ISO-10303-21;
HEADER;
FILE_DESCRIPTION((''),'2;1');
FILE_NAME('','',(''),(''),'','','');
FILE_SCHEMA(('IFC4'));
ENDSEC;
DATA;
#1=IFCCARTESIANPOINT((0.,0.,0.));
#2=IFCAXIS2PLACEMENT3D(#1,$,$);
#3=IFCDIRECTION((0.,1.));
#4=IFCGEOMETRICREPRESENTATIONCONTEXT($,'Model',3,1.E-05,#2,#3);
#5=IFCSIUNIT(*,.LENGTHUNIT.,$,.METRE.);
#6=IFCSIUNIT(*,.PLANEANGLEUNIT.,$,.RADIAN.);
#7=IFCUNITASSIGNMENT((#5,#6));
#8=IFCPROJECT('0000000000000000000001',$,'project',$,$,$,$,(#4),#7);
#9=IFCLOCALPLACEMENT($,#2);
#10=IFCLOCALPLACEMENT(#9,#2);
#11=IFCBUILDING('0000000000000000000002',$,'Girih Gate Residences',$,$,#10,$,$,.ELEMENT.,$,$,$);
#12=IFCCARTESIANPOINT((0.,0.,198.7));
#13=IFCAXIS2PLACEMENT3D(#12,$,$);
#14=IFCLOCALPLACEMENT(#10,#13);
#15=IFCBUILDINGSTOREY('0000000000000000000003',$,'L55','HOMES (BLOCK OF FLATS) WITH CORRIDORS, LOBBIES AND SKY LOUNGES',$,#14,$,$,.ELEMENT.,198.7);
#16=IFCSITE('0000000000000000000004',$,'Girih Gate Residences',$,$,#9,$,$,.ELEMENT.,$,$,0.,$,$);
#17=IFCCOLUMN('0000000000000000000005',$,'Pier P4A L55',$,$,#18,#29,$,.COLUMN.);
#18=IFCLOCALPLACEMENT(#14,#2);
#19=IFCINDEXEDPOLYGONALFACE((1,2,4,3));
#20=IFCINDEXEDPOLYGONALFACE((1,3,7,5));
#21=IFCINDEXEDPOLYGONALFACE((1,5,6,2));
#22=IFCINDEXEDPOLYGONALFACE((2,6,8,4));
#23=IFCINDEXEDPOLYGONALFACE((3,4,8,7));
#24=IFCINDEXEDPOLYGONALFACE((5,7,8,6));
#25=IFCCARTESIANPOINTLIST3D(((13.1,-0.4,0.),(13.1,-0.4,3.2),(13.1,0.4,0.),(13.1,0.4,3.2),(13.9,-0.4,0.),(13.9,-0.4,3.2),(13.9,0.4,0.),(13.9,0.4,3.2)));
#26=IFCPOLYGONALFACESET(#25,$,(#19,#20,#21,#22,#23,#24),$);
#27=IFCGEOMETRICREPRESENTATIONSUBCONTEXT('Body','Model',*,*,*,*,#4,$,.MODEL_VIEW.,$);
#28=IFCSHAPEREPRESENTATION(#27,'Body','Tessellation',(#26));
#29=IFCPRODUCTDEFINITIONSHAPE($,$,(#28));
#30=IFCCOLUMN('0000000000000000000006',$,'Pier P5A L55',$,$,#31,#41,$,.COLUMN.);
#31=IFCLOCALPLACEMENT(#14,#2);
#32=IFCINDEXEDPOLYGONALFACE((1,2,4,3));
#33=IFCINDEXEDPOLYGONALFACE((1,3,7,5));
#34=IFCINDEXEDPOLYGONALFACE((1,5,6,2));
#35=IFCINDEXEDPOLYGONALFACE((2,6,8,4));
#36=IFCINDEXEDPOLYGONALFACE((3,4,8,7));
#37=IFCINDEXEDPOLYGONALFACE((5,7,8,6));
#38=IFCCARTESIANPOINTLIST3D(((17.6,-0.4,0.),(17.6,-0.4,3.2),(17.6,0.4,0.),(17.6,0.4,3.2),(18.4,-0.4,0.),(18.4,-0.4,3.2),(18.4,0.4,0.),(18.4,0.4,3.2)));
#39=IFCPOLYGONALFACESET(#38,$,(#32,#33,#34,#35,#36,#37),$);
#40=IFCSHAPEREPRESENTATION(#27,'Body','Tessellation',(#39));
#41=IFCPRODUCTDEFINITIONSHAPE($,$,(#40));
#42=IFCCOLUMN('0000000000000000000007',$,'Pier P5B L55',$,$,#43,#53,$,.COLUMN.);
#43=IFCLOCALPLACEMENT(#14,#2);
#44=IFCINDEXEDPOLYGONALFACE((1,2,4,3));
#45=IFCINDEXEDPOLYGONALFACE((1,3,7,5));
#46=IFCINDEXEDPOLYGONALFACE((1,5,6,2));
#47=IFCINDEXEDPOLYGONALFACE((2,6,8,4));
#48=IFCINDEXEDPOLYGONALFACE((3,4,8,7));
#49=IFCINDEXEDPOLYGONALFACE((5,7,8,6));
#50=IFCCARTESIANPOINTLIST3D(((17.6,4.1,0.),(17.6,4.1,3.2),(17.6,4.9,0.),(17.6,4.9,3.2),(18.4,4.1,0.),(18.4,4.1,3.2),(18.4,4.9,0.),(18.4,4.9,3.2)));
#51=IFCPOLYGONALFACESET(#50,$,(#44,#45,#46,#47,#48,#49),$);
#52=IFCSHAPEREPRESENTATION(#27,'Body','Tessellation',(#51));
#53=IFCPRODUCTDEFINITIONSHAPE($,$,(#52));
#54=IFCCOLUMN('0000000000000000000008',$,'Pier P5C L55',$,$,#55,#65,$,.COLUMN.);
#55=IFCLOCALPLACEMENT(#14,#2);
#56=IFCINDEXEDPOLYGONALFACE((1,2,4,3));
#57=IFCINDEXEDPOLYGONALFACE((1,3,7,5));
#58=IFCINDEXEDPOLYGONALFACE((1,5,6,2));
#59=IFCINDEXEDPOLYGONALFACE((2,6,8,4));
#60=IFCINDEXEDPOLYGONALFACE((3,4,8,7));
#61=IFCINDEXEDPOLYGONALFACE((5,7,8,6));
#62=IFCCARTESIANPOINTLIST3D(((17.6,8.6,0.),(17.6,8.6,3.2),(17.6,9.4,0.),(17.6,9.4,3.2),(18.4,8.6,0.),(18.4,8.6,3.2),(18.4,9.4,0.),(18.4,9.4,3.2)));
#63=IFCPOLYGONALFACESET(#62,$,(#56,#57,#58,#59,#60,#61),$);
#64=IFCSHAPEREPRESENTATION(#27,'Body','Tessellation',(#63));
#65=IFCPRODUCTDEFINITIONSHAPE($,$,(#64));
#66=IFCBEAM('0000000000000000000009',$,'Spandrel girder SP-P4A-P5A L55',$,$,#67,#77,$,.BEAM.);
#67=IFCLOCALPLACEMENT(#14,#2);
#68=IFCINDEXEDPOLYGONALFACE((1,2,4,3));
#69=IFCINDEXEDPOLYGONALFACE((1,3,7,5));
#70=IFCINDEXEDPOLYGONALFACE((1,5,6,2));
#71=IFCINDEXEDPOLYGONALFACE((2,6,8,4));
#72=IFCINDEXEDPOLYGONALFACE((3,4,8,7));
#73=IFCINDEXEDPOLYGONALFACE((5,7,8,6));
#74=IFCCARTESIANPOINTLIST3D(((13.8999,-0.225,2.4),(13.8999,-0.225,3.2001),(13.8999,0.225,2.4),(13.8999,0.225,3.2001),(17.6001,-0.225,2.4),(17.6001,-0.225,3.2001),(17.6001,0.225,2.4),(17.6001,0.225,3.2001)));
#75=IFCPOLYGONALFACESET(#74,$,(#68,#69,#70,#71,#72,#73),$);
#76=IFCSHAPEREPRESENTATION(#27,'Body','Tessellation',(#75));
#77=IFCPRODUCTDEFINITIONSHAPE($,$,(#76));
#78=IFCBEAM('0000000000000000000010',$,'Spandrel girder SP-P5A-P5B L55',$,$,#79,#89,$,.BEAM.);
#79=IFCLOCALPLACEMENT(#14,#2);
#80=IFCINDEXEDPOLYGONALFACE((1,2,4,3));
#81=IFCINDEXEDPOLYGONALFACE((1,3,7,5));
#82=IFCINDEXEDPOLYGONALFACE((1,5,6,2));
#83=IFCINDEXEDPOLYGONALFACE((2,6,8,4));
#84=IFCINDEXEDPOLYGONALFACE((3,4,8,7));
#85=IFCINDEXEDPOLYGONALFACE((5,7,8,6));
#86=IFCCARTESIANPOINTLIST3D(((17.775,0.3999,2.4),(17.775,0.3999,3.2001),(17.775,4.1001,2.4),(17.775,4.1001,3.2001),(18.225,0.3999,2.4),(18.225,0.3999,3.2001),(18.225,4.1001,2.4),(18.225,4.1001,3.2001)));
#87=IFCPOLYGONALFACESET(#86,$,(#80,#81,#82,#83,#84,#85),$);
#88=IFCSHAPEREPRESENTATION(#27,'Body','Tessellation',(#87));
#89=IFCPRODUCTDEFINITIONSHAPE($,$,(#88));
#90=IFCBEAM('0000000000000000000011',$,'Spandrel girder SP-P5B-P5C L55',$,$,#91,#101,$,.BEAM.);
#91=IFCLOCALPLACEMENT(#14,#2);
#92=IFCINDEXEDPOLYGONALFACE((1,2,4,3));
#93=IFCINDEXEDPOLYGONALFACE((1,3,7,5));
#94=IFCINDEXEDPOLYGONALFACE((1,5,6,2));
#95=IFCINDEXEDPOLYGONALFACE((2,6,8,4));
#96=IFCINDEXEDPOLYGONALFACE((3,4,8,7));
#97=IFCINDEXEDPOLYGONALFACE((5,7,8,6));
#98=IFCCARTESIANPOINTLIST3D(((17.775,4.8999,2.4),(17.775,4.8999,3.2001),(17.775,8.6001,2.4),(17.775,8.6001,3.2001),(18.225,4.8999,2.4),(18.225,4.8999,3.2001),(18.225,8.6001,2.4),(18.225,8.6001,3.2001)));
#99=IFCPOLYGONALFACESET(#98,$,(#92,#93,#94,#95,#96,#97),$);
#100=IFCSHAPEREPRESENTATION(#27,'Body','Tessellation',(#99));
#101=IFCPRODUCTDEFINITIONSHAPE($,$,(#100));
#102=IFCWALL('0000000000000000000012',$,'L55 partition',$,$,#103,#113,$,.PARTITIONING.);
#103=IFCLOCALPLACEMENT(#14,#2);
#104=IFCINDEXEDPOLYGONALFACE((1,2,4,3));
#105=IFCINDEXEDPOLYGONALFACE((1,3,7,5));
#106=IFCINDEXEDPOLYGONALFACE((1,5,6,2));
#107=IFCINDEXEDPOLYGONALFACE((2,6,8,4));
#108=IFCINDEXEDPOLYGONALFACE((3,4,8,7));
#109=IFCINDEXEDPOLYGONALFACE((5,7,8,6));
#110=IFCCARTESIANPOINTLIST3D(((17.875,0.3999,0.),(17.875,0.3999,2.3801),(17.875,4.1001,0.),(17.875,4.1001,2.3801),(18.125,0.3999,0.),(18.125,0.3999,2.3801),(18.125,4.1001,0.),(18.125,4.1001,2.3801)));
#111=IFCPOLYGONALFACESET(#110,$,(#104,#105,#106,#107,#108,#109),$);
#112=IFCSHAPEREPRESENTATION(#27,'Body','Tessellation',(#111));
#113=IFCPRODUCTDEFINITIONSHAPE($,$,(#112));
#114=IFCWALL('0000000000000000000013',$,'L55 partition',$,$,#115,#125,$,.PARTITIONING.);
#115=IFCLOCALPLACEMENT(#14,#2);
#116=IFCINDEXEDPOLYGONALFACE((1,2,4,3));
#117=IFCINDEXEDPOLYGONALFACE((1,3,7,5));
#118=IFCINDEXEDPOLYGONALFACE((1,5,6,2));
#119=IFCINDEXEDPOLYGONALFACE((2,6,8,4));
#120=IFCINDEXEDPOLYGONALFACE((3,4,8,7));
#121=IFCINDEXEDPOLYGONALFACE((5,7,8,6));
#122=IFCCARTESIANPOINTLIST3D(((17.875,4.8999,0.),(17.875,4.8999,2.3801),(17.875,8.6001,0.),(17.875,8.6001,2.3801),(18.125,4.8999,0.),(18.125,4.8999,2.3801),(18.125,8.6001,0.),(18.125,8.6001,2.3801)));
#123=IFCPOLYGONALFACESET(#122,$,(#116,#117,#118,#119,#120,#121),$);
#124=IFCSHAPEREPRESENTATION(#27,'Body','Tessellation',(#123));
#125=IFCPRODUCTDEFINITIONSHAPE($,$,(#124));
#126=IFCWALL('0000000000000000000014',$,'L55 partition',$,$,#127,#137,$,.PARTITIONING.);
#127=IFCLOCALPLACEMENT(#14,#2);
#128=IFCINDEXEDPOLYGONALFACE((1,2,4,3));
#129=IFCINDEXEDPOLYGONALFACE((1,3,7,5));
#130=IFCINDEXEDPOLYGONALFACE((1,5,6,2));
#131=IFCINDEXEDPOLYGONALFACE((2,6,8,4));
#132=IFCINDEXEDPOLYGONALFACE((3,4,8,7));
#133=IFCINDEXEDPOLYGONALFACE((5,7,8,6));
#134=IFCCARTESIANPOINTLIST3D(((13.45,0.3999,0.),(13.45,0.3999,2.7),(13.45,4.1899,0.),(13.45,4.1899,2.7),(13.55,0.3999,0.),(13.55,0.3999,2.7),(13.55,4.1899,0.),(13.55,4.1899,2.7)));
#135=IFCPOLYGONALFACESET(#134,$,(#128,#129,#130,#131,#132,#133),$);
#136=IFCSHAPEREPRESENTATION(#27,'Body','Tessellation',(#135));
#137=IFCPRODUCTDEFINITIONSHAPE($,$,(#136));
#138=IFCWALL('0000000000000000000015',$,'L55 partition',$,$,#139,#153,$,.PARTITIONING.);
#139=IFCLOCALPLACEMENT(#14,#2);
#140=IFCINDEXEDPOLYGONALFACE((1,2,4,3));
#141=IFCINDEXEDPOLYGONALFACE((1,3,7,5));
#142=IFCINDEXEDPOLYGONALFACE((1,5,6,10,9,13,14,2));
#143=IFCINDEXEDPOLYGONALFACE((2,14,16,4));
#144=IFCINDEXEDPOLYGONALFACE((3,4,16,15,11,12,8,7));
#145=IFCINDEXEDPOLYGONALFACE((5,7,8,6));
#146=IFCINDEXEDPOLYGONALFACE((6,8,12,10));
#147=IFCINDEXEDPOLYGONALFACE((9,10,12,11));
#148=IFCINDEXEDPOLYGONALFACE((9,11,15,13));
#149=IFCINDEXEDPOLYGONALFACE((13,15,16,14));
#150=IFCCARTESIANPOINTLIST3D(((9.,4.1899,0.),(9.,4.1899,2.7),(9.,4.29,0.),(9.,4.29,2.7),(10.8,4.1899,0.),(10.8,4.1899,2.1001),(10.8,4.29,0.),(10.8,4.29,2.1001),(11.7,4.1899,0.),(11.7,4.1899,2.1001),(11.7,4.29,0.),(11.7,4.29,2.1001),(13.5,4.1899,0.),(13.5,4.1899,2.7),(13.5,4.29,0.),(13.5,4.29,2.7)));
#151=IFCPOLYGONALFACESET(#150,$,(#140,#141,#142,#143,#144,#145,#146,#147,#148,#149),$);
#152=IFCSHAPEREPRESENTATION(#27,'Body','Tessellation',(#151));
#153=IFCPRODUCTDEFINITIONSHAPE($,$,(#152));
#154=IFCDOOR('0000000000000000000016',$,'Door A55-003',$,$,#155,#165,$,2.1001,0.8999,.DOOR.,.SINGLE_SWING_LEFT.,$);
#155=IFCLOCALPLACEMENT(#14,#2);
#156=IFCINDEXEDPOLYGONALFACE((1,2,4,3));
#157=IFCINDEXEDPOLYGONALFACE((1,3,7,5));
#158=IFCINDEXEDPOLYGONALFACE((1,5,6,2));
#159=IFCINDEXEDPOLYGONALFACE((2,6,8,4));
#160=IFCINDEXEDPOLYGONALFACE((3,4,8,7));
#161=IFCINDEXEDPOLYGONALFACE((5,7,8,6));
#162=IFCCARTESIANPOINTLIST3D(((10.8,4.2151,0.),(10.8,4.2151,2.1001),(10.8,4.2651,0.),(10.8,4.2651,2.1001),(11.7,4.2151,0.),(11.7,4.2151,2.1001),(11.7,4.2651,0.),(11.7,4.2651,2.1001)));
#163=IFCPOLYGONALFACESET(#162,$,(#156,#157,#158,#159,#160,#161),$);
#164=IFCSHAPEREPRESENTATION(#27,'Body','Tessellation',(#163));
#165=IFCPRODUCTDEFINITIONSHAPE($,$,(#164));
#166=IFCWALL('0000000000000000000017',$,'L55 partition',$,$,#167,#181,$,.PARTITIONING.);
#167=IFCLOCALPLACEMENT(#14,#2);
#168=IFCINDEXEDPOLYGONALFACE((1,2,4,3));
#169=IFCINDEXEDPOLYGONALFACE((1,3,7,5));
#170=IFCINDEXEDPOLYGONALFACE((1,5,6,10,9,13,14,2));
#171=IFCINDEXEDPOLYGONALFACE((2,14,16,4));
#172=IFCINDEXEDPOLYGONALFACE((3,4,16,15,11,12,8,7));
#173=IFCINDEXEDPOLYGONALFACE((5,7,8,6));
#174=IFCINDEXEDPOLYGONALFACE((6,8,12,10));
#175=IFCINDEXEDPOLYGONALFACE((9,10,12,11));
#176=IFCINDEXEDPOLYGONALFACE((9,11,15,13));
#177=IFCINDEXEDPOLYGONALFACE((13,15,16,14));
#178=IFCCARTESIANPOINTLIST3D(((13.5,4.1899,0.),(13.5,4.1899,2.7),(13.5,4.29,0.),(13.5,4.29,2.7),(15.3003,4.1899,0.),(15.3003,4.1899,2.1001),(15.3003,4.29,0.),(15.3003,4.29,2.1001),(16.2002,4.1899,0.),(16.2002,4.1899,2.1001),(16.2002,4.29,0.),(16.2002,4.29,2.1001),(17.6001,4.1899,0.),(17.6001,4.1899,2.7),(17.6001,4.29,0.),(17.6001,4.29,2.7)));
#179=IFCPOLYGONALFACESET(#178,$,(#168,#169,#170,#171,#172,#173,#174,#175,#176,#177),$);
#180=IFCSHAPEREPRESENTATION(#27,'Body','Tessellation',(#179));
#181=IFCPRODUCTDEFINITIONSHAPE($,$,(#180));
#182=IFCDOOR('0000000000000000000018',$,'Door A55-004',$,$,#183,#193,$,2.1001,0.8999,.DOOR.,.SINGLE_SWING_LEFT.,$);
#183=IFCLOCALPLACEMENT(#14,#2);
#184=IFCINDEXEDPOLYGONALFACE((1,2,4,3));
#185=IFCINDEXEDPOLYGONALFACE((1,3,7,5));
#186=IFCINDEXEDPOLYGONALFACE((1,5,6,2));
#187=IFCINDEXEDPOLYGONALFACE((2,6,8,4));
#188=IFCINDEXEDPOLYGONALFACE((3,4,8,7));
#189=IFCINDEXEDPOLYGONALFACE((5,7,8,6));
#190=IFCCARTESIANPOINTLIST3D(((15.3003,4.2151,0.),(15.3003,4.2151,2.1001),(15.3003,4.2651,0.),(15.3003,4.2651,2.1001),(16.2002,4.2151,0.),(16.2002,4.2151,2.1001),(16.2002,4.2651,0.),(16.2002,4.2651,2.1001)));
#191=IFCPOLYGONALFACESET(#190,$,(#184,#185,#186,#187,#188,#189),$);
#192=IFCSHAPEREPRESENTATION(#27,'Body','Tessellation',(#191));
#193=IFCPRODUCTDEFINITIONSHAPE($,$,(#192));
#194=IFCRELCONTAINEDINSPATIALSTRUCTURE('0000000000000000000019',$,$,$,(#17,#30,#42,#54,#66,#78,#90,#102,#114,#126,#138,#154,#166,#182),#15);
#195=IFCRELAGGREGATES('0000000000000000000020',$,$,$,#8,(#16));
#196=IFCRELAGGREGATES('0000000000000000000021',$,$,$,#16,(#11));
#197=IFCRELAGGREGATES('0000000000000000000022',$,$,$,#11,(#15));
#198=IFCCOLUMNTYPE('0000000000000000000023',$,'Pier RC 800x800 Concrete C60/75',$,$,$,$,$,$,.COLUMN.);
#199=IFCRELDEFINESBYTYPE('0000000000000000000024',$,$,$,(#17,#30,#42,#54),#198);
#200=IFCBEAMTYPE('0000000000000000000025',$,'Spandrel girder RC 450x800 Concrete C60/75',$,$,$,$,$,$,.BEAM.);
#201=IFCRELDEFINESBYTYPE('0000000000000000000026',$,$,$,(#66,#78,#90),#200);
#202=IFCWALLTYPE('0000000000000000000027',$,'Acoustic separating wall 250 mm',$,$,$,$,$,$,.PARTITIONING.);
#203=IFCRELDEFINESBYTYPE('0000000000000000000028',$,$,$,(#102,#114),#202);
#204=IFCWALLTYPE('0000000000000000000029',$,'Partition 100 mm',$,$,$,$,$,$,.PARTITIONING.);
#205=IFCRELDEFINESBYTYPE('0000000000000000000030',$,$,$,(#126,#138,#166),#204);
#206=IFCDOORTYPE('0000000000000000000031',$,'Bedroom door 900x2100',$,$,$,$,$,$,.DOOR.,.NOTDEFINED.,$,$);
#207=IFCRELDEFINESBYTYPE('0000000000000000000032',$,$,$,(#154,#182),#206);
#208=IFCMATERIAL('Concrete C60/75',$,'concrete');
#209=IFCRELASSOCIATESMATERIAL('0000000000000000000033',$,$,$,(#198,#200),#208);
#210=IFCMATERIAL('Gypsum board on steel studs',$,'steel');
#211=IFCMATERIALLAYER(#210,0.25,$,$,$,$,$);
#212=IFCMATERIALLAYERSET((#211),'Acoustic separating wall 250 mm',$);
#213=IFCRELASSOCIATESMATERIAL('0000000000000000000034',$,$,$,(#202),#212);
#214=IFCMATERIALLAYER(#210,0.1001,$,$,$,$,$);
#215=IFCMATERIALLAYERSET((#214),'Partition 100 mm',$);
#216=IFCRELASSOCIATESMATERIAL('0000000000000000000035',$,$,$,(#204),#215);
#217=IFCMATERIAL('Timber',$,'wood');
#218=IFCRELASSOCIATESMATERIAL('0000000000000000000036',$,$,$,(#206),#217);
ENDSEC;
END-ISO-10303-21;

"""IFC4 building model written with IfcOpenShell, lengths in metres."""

from ifc_helpers import new_model, si_unit, direction, frame, frame_2d, origin, origin_2d, place, context, subcontext, project, spatial, rectangle, extrude, material, layer, layer_set, material_profile, profile_set, type_object, element, fill, save


model = new_model("IFC4")

# Units and contexts
model_context = context("Model", 3, precision=1e-05, world=origin(), true_north=direction((0.0, 1.0)))
body_context = subcontext(model_context, "Body", "Model", "MODEL_VIEW")
ifc_project = project(units=[si_unit("LENGTHUNIT", "METRE"), si_unit("PLANEANGLEUNIT", "RADIAN")], contexts=[model_context])

# Site, building, storey
site_placement = place(None, origin())
site = spatial("IfcSite", under=ifc_project, at=site_placement, Name="Girih Gate Residences", CompositionType="ELEMENT", RefElevation=0.0)
building_placement = place(site_placement, origin())
building = spatial("IfcBuilding", under=site, at=building_placement, Name="Girih Gate Residences", CompositionType="ELEMENT")
storey_placement = place(building_placement, frame((0.0, 0.0, 198.7)))
storey = spatial("IfcBuildingStorey", under=building, at=storey_placement, Name="L55", Description="HOMES (BLOCK OF FLATS) WITH CORRIDORS, LOBBIES AND SKY LOUNGES", CompositionType="ELEMENT", Elevation=198.7)

# Columns
ifc_material_1 = material(Name="Concrete C60/75", Category="concrete")
ifc_material_profile_1 = material_profile(ifc_material_1, rectangle(XDim=0.8, YDim=0.8, at=origin_2d()))
ifc_profile_set_1 = profile_set([ifc_material_profile_1], Name="Concrete C60/75")
column_type = type_object("IfcColumnType", Name="Pier RC 800x800 Concrete C60/75", PredefinedType="COLUMN", material=ifc_profile_set_1)
for number, where, z_axis, x_axis, name in (
    (1, (13.5, 0.0, 0.0), (0.0, 0.0, 1.0), (1.0, 0.0, 0.0), "Pier P4A L55"),
    (2, (18.0, 0.0, 0.0), (0.0, 0.0, 1.0), (1.0, 0.0, 0.0), "Pier P5A L55"),
    (3, (18.0, 4.5, 0.0), (0.0, 0.0, 1.0), (1.0, 0.0, 0.0), "Pier P5B L55"),
    (4, (18.0, 9.0, 0.0), (0.0, 0.0, 1.0), (1.0, 0.0, 0.0), "Pier P5C L55"),
):
    element("IfcColumn", number, at=place(storey_placement, frame(where, z_axis=z_axis, x_axis=x_axis)), inside=storey, type_object=column_type, Name=name, PredefinedType="COLUMN", context=body_context, shape_type="SweptSolid", body=[
        extrude(rectangle(XDim=0.8, YDim=0.8, at=origin_2d()), origin(), (0.0, 0.0, 1.0), 3.2),
    ])

# Beams
ifc_material_profile_2 = material_profile(ifc_material_1, rectangle(XDim=0.45, YDim=0.8, at=origin_2d()))
ifc_profile_set_2 = profile_set([ifc_material_profile_2], Name="Concrete C60/75")
beam_type = type_object("IfcBeamType", Name="Spandrel girder RC 450x800 Concrete C60/75", PredefinedType="BEAM", material=ifc_profile_set_2)
for number, where, z_axis, x_axis, name in (
    (5, (13.8999, 0.0, 2.8), (1.0, 0.0, 0.0), (0.0, 1.0, 0.0), "Spandrel girder SP-P4A-P5A L55"),
    (6, (18.0, 0.3999, 2.8), (0.0, 1.0, 0.0), (-1.0, 0.0, 0.0), "Spandrel girder SP-P5A-P5B L55"),
    (7, (18.0, 4.8999, 2.8), (0.0, 1.0, 0.0), (-1.0, 0.0, 0.0), "Spandrel girder SP-P5B-P5C L55"),
):
    element("IfcBeam", number, at=place(storey_placement, frame(where, z_axis=z_axis, x_axis=x_axis)), inside=storey, type_object=beam_type, Name=name, PredefinedType="BEAM", context=body_context, shape_type="SweptSolid", body=[
        extrude(rectangle(XDim=0.45, YDim=0.8, at=origin_2d()), origin(), (0.0, 0.0, 1.0), 3.7002),
    ])

# Walls
ifc_material_2 = material(Name="Gypsum board on steel studs", Category="steel")
ifc_layer_1 = layer(ifc_material_2, 0.25)
ifc_layer_set_1 = layer_set([ifc_layer_1], Name="Acoustic separating wall 250 mm")
wall_type_1 = type_object("IfcWallType", Name="Acoustic separating wall 250 mm", PredefinedType="PARTITIONING", material=ifc_layer_set_1)
for number, where, z_axis, x_axis, name in (
    (8, (18.0, 0.3999, 0.0), (0.0, 0.0, 1.0), (0.0, 1.0, 0.0), "L55 partition"),
    (9, (18.0, 4.8999, 0.0), (0.0, 0.0, 1.0), (0.0, 1.0, 0.0), "L55 partition"),
):
    element("IfcWall", number, at=place(storey_placement, frame(where, z_axis=z_axis, x_axis=x_axis)), inside=storey, type_object=wall_type_1, Name=name, PredefinedType="PARTITIONING", context=body_context, shape_type="SweptSolid", body=[
        extrude(rectangle(XDim=3.7002, YDim=0.25, at=frame_2d((1.8501, 0.0))), origin(), (0.0, 0.0, 1.0), 2.3801),
    ])
ifc_layer_2 = layer(ifc_material_2, 0.1001)
ifc_layer_set_2 = layer_set([ifc_layer_2], Name="Partition 100 mm")
wall_type_2 = type_object("IfcWallType", Name="Partition 100 mm", PredefinedType="PARTITIONING", material=ifc_layer_set_2)
wall_1_placement = place(storey_placement, frame((13.5, 0.3999, 0.0), z_axis=(0.0, 0.0, 1.0), x_axis=(0.0, 1.0, 0.0)))
element("IfcWall", 10, at=wall_1_placement, inside=storey, type_object=wall_type_2, Name="L55 partition", PredefinedType="PARTITIONING", context=body_context, shape_type="SweptSolid", body=[
    extrude(rectangle(XDim=3.79, YDim=0.1001, at=frame_2d((1.895, 0.0))), origin(), (0.0, 0.0, 1.0), 2.7),
])

# Walls, openings, doors
wall_2_placement = place(storey_placement, frame((13.5, 4.24, 0.0), z_axis=(0.0, 0.0, 1.0), x_axis=(-1.0, 0.0, 0.0)))
wall_2 = element("IfcWall", 11, at=wall_2_placement, inside=storey, type_object=wall_type_2, Name="L55 partition", PredefinedType="PARTITIONING", context=body_context, shape_type="SweptSolid", body=[
    extrude(rectangle(XDim=4.5, YDim=0.1001, at=frame_2d((2.25, 0.0))), origin(), (0.0, 0.0, 1.0), 2.7),
])
opening_1_placement = place(wall_2_placement, frame((1.8, 0.0, 0.0)))
opening_1 = element("IfcOpeningElement", 12, at=opening_1_placement, cuts=wall_2, PredefinedType="OPENING", context=body_context, shape_type="SweptSolid", body=[
    extrude(rectangle(XDim=0.8999, YDim=2.1001, at=frame_2d((0.45, 1.05))), frame((0.0, 0.0601, 0.0), z_axis=(0.0, -1.0, 0.0), x_axis=(1.0, 0.0, 0.0)), (0.0, 0.0, 1.0), 0.1201),
])
ifc_material_3 = material(Name="Timber", Category="wood")
door_type_1 = type_object("IfcDoorType", Name="Bedroom door 900x2100", OperationType="NOTDEFINED", PredefinedType="DOOR", material=ifc_material_3)
door_1_placement = place(opening_1_placement, origin())
door_1 = element("IfcDoor", 13, at=door_1_placement, inside=storey, type_object=door_type_1, Name="Door A55-003", OperationType="SINGLE_SWING_LEFT", OverallHeight=2.1001, OverallWidth=0.8999, PredefinedType="DOOR", context=body_context, shape_type="SweptSolid", body=[
    extrude(rectangle(XDim=0.8999, YDim=2.1001, at=frame_2d((0.45, 1.05))), frame((0.0, 0.0249, 0.0), z_axis=(0.0, -1.0, 0.0), x_axis=(1.0, 0.0, 0.0)), (0.0, 0.0, 1.0), 0.05),
])
fill(opening_1, door_1)
wall_3_placement = place(storey_placement, frame((17.6001, 4.24, 0.0), z_axis=(0.0, 0.0, 1.0), x_axis=(-1.0, 0.0, 0.0)))
wall_3 = element("IfcWall", 14, at=wall_3_placement, inside=storey, type_object=wall_type_2, Name="L55 partition", PredefinedType="PARTITIONING", context=body_context, shape_type="SweptSolid", body=[
    extrude(rectangle(XDim=4.1001, YDim=0.1001, at=frame_2d((2.05, 0.0))), origin(), (0.0, 0.0, 1.0), 2.7),
])
opening_2_placement = place(wall_3_placement, frame((1.3999, 0.0, 0.0)))
opening_2 = element("IfcOpeningElement", 15, at=opening_2_placement, cuts=wall_3, PredefinedType="OPENING", context=body_context, shape_type="SweptSolid", body=[
    extrude(rectangle(XDim=0.8999, YDim=2.1001, at=frame_2d((0.45, 1.05))), frame((0.0, 0.0601, 0.0), z_axis=(0.0, -1.0, 0.0), x_axis=(1.0, 0.0, 0.0)), (0.0, 0.0, 1.0), 0.1201),
])
door_2_placement = place(opening_2_placement, origin())
door_2 = element("IfcDoor", 16, at=door_2_placement, inside=storey, type_object=door_type_1, Name="Door A55-004", OperationType="SINGLE_SWING_LEFT", OverallHeight=2.1001, OverallWidth=0.8999, PredefinedType="DOOR", context=body_context, shape_type="SweptSolid", body=[
    extrude(rectangle(XDim=0.8999, YDim=2.1001, at=frame_2d((0.45, 1.05))), frame((0.0, 0.0249, 0.0), z_axis=(0.0, -1.0, 0.0), x_axis=(1.0, 0.0, 0.0)), (0.0, 0.0, 1.0), 0.05),
])
fill(opening_2, door_2)

save(model, "model.ifc")
